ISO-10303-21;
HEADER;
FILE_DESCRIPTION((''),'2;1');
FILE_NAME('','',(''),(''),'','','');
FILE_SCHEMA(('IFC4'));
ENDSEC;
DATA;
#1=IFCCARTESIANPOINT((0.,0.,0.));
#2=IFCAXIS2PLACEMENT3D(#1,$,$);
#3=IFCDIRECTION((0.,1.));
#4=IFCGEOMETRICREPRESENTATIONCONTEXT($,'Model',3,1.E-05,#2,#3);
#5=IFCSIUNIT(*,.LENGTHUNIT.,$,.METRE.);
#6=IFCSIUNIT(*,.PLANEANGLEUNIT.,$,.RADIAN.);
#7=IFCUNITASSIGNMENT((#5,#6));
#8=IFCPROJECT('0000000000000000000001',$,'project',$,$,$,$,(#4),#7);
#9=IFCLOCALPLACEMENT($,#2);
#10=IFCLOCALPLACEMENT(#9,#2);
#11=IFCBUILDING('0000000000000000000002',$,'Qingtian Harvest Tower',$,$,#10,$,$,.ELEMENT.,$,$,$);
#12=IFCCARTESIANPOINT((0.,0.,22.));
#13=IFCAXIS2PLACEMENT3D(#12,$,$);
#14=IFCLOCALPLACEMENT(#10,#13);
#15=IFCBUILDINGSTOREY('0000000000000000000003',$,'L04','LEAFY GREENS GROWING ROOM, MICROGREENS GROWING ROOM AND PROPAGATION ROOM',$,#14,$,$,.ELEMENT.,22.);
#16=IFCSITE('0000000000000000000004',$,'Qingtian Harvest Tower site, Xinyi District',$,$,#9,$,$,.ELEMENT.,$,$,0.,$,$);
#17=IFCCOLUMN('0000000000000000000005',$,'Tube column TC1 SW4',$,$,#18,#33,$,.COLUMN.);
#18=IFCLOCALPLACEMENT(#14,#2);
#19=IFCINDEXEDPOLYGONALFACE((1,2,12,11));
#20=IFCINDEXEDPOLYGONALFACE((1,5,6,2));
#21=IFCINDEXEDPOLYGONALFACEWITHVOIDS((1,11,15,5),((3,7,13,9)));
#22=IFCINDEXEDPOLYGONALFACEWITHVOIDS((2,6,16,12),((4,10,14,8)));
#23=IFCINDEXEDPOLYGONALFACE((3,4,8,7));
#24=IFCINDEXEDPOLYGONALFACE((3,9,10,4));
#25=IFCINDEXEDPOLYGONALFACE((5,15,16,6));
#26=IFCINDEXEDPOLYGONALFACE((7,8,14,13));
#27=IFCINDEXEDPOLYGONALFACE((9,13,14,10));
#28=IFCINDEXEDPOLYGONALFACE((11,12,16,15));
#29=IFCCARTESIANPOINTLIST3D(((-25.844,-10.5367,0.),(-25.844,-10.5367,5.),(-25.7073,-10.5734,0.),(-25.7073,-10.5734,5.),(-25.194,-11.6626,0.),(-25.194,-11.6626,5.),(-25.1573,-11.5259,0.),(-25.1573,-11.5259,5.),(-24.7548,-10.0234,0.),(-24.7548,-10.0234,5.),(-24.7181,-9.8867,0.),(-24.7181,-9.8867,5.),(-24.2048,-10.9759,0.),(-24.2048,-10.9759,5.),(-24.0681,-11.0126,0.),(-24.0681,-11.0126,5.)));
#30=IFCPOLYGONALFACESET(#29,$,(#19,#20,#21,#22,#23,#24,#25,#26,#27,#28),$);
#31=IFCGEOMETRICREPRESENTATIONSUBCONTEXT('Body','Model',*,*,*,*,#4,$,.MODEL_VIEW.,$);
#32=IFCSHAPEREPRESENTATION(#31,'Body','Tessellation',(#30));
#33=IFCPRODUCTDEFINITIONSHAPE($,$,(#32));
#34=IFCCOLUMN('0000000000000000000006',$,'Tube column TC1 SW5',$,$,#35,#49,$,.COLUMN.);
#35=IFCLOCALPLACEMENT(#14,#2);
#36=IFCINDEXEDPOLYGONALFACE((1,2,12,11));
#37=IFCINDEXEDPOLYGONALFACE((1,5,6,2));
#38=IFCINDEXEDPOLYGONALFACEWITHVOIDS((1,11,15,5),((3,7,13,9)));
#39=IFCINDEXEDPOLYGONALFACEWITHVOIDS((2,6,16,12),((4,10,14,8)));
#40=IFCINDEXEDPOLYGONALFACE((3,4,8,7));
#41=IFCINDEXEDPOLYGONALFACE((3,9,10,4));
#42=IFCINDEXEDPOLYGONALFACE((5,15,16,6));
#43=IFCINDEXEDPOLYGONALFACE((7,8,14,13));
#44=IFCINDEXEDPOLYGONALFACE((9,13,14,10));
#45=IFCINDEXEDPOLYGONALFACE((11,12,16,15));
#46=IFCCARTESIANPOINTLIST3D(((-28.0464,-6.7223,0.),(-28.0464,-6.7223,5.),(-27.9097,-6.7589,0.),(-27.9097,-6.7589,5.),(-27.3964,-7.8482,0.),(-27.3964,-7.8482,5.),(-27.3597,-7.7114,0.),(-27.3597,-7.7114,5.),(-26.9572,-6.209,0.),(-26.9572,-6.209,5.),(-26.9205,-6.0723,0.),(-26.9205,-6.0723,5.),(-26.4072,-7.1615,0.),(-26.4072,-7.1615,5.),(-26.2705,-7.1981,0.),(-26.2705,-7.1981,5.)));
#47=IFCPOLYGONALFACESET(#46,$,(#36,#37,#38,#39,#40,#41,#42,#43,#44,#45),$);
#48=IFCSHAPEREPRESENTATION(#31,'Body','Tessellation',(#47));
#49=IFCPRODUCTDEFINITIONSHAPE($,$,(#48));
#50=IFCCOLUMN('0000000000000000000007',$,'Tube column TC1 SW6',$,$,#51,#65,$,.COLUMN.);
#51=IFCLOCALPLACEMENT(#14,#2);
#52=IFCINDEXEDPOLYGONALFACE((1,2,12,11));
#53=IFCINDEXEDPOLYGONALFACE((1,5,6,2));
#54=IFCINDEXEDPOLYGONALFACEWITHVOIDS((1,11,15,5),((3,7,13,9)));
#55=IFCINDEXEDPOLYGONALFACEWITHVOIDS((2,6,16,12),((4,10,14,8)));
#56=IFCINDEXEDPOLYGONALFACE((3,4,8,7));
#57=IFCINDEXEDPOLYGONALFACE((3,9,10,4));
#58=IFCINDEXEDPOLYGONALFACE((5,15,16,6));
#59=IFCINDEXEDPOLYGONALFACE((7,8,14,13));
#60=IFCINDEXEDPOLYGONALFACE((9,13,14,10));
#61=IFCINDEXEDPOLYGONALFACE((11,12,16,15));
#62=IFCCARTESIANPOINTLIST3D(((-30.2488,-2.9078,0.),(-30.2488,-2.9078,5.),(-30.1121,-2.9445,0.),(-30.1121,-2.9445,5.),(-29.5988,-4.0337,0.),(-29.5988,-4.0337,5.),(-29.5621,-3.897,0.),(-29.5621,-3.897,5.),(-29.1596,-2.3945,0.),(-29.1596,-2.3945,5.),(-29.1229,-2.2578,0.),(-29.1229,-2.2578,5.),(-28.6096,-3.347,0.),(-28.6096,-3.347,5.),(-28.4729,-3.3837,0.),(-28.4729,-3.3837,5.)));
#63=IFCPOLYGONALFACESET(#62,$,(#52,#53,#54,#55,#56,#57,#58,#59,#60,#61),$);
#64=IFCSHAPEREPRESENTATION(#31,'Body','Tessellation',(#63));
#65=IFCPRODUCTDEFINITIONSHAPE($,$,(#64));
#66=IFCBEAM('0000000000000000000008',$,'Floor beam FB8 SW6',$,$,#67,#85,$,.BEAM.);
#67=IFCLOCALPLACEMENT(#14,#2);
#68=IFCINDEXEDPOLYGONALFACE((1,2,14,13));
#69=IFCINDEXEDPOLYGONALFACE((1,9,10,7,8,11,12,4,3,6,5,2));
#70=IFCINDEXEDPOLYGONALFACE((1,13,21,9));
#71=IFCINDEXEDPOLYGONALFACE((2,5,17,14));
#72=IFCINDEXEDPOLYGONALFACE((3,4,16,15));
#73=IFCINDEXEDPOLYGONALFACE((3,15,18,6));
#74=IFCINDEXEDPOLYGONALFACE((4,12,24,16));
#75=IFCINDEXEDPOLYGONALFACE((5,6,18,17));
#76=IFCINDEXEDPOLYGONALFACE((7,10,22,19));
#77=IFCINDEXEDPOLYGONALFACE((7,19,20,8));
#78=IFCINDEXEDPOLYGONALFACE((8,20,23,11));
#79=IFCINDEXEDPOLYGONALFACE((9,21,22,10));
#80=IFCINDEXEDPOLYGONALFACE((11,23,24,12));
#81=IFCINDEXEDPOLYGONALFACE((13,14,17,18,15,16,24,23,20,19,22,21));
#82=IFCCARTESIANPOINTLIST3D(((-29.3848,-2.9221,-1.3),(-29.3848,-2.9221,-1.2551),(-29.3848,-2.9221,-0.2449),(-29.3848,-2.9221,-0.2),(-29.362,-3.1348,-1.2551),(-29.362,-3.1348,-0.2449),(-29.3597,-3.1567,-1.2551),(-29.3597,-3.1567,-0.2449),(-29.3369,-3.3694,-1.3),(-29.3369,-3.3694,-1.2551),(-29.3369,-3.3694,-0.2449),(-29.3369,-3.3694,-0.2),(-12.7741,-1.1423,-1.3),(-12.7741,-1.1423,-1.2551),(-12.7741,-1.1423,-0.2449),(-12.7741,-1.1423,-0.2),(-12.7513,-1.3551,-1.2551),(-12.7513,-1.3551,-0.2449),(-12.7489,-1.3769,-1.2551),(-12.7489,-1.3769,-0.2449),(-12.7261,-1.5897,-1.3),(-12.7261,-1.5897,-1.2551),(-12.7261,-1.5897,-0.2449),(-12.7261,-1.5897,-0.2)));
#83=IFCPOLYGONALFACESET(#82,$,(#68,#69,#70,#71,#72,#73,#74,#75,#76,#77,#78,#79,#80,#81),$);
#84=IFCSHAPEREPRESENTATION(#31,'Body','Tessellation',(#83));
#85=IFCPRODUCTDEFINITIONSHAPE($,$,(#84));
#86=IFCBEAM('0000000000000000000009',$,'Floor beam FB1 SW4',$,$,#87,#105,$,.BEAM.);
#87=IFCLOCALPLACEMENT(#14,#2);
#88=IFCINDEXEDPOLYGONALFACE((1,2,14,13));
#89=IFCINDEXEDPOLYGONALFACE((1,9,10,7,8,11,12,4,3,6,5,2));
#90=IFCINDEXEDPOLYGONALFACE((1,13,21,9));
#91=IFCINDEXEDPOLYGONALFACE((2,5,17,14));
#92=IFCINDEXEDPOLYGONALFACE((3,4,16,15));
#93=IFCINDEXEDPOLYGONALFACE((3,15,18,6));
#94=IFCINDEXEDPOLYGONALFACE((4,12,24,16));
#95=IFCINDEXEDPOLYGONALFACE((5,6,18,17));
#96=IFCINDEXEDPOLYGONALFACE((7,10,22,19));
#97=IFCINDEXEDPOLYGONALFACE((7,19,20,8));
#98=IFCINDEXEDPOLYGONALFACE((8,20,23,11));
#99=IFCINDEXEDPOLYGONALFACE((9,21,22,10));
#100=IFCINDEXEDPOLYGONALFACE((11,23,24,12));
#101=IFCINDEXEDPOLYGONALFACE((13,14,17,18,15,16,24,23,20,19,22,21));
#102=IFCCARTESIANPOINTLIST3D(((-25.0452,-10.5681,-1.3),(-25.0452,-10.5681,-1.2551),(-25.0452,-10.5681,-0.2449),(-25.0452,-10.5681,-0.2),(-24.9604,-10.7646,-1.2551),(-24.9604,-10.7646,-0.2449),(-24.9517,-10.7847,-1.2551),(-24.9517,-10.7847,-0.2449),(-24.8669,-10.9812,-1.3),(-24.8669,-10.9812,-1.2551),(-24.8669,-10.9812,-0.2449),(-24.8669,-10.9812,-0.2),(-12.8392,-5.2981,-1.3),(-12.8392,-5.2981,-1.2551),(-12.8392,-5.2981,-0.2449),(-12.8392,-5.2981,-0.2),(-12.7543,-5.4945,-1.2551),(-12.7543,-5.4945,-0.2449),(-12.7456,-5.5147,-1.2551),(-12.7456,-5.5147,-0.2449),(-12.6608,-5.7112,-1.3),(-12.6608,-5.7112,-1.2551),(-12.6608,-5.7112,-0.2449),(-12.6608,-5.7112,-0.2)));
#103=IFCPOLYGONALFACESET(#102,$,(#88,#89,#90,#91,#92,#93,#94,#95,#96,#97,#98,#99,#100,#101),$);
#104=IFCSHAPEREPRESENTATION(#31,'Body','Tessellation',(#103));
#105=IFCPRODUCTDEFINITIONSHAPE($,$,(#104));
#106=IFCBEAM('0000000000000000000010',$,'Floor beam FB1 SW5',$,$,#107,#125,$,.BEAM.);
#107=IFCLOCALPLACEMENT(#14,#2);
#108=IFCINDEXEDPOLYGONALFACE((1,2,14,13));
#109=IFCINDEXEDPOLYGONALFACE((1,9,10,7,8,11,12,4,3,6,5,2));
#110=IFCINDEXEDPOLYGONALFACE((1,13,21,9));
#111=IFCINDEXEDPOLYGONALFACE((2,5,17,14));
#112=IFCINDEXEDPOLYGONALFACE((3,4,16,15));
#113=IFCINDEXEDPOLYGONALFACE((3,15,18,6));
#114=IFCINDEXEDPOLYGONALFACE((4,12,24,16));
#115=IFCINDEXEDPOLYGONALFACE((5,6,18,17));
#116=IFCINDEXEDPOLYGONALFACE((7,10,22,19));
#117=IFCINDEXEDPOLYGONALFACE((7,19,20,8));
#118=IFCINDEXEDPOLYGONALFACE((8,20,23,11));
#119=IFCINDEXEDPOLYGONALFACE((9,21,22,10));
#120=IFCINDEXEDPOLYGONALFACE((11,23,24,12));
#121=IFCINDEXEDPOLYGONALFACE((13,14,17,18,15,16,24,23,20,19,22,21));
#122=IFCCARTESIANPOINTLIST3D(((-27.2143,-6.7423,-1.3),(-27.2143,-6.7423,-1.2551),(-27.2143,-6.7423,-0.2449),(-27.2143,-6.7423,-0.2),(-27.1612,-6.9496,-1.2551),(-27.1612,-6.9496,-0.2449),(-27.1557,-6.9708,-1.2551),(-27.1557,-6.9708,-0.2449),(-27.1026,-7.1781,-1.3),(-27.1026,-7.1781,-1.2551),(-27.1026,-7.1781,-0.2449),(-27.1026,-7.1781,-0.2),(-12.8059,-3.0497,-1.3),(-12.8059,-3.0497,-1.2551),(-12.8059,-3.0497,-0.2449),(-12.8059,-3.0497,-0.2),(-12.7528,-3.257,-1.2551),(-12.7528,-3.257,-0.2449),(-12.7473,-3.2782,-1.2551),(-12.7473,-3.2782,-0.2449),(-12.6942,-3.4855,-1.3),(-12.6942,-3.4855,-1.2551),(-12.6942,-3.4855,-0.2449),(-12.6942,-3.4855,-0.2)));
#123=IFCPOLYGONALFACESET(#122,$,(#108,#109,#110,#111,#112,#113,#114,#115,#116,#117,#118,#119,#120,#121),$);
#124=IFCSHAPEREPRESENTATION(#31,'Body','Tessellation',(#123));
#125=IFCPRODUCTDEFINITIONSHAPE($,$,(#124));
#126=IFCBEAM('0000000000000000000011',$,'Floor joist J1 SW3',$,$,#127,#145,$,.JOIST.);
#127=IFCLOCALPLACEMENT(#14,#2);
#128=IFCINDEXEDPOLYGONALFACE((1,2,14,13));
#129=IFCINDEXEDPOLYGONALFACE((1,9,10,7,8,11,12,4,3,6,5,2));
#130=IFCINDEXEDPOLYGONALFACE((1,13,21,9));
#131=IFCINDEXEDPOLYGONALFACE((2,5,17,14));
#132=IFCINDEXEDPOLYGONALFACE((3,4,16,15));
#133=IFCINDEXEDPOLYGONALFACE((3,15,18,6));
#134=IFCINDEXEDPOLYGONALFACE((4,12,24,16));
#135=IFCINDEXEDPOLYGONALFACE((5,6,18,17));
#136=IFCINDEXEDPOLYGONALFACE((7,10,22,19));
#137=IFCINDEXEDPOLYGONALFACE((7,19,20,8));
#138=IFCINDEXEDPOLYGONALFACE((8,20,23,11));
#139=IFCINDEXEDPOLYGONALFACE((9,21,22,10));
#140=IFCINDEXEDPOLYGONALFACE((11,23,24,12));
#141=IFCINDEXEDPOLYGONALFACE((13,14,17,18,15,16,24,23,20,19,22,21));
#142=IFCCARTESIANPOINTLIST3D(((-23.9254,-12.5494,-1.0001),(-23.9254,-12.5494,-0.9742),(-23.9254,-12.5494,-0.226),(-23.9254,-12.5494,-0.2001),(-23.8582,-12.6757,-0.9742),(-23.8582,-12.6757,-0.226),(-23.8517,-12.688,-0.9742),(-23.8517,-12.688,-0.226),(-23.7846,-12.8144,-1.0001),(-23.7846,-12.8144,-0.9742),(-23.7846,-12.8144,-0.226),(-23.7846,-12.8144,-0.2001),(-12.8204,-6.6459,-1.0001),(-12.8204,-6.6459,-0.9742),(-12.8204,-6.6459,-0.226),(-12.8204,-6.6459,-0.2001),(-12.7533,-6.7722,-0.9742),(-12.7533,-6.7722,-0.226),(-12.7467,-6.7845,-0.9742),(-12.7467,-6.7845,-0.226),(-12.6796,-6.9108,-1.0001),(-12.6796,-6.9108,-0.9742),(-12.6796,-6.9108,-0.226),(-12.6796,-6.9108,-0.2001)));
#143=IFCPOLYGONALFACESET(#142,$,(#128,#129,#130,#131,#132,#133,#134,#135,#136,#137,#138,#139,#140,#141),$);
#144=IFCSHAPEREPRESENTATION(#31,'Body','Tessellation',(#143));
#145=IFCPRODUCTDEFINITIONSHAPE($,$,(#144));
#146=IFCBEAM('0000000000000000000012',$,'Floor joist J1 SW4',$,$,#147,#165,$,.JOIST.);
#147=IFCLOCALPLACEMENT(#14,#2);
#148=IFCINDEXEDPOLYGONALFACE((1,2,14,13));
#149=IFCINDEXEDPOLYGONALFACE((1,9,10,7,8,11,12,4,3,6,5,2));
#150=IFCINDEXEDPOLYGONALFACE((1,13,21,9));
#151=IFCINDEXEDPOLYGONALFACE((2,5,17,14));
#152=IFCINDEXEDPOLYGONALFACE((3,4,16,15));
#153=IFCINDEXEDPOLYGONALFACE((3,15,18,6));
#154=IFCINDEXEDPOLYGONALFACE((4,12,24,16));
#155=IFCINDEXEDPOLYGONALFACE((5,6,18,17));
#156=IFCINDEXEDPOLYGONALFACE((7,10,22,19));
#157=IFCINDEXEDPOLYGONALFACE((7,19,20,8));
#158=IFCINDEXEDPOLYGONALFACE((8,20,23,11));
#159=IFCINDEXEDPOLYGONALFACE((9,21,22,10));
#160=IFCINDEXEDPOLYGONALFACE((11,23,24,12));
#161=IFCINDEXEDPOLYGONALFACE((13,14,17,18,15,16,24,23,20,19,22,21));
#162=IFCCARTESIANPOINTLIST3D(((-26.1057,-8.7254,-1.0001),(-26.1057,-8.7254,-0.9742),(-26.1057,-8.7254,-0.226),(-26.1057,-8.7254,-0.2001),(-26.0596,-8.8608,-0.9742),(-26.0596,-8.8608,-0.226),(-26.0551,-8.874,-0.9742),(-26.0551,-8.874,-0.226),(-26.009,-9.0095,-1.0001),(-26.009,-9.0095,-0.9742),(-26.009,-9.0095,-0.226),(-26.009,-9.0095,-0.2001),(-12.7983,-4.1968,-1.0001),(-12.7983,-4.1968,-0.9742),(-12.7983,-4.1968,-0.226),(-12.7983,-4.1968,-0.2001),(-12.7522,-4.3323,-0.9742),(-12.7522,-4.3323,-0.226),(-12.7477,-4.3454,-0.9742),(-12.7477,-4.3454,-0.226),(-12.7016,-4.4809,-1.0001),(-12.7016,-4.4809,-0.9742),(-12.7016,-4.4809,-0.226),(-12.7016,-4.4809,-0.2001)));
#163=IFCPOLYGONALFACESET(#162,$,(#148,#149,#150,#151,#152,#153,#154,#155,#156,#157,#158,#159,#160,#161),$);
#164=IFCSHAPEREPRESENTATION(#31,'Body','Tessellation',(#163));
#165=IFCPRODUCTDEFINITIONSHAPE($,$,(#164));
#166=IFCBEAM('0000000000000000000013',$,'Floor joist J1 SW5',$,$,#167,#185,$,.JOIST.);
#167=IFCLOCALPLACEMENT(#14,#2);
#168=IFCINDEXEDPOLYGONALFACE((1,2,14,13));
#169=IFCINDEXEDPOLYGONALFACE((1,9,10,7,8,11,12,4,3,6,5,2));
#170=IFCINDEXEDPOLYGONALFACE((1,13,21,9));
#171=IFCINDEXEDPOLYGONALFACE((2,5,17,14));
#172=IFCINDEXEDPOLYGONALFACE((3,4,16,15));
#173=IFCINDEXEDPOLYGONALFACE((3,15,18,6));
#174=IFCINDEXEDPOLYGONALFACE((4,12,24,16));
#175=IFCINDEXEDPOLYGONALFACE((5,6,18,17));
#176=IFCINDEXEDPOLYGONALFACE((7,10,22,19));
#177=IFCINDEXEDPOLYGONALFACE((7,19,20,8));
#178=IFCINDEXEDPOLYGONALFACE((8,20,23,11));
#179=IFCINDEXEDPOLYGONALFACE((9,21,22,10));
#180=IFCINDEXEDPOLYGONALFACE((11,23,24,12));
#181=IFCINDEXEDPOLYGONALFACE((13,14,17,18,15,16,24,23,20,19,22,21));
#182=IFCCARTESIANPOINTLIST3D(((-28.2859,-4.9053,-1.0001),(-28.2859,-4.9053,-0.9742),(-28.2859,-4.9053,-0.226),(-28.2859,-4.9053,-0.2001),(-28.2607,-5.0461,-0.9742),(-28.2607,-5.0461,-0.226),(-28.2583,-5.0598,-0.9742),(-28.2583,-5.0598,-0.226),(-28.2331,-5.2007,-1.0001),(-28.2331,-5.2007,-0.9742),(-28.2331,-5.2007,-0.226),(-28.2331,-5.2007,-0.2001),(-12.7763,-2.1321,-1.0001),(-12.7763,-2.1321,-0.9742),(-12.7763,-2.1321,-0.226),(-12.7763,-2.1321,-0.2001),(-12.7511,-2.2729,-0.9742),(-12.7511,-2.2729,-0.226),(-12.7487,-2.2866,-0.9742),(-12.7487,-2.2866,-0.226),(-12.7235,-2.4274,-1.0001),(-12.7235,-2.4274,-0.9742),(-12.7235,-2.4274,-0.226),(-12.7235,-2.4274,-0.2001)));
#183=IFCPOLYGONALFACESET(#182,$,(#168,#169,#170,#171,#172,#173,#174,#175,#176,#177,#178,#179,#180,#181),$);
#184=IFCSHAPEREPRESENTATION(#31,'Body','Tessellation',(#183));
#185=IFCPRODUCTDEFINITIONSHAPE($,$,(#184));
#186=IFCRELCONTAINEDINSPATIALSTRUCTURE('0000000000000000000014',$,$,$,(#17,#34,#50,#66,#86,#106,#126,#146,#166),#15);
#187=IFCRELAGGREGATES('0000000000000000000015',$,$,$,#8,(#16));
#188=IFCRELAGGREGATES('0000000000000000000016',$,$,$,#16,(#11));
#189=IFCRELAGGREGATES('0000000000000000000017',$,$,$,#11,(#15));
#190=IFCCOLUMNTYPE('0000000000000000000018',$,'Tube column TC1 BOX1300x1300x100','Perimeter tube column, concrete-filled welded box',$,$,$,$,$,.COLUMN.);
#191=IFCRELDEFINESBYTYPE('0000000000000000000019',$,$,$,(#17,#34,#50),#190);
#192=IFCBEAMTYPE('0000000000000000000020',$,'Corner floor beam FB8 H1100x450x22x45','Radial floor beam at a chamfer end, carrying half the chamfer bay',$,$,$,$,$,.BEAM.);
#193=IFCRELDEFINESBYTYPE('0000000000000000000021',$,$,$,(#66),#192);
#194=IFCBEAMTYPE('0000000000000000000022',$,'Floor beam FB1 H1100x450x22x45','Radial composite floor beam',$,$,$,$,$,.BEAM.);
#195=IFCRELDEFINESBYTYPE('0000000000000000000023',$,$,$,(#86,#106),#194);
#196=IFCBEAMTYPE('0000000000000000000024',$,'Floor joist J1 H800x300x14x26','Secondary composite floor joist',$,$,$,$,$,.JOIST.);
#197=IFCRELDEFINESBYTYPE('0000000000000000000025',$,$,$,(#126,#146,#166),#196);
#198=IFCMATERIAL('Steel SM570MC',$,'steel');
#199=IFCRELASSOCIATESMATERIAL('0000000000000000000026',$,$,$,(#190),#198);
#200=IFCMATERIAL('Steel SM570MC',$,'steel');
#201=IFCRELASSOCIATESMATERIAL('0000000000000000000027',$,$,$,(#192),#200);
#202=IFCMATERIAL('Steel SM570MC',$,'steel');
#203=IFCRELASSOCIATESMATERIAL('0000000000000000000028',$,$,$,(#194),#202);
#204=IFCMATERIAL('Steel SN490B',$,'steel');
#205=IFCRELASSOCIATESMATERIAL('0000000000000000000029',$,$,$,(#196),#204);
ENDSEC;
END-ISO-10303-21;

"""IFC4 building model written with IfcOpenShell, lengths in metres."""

from ifc_helpers import new_model, si_unit, direction, frame, origin, origin_2d, place, context, subcontext, project, spatial, hollow_rectangle, i_section, extrude, material, material_profile, profile_set, type_object, element, save


model = new_model("IFC4")

# Units and contexts
model_context = context("Model", 3, precision=1e-05, world=origin(), true_north=direction((0.0, 1.0)))
body_context = subcontext(model_context, "Body", "Model", "MODEL_VIEW")
ifc_project = project(units=[si_unit("LENGTHUNIT", "METRE"), si_unit("PLANEANGLEUNIT", "RADIAN")], contexts=[model_context])

# Site, building, storey
site_placement = place(None, origin())
site = spatial("IfcSite", under=ifc_project, at=site_placement, Name="Qingtian Harvest Tower site, Xinyi District", CompositionType="ELEMENT", RefElevation=0.0)
building_placement = place(site_placement, origin())
building = spatial("IfcBuilding", under=site, at=building_placement, Name="Qingtian Harvest Tower", CompositionType="ELEMENT")
storey_placement = place(building_placement, frame((0.0, 0.0, 22.0)))
storey = spatial("IfcBuildingStorey", under=building, at=storey_placement, Name="L04", Description="LEAFY GREENS GROWING ROOM, MICROGREENS GROWING ROOM AND PROPAGATION ROOM", CompositionType="ELEMENT", Elevation=22.0)

# Columns
ifc_material_1 = material(Name="Steel SM570MC", Category="steel")
ifc_material_profile_1 = material_profile(ifc_material_1, hollow_rectangle(XDim=1.3, YDim=1.3, WallThickness=0.1001, at=origin_2d()), Name="BOX1300x1300x100")
ifc_profile_set_1 = profile_set([ifc_material_profile_1], Name="Steel SM570MC")
column_type = type_object("IfcColumnType", Name="Tube column TC1 BOX1300x1300x100", Description="Perimeter tube column, concrete-filled welded box", PredefinedType="COLUMN", material=ifc_profile_set_1)
for number, where, z_axis, x_axis, name in (
    (1, (-24.9561, -10.7747, 0.0), (0.0, 0.0, 1.0), (0.5, -0.866025, 0.0), "Tube column TC1 SW4"),
    (2, (-27.1584, -6.9602, 0.0), (0.0, 0.0, 1.0), (0.5, -0.866025, 0.0), "Tube column TC1 SW5"),
    (3, (-29.3608, -3.1458, 0.0), (0.0, 0.0, 1.0), (0.5, -0.866025, 0.0), "Tube column TC1 SW6"),
):
    element("IfcColumn", number, at=place(storey_placement, frame(where, z_axis=z_axis, x_axis=x_axis)), inside=storey, type_object=column_type, Name=name, PredefinedType="COLUMN", context=body_context, shape_type="SweptSolid", body=[
        extrude(hollow_rectangle(XDim=1.3, YDim=1.3, WallThickness=0.1001, at=origin_2d()), origin(), (0.0, 0.0, 1.0), 5.0),
    ])

# Beams
ifc_material_2 = material(Name="Steel SM570MC", Category="steel")
ifc_material_profile_2 = material_profile(ifc_material_2, i_section(OverallWidth=0.45, OverallDepth=1.1001, WebThickness=0.022, FlangeThickness=0.0449, at=origin_2d()), Name="H1100x450x22x45")
ifc_profile_set_2 = profile_set([ifc_material_profile_2], Name="Steel SM570MC")
beam_type_1 = type_object("IfcBeamType", Name="Corner floor beam FB8 H1100x450x22x45", Description="Radial floor beam at a chamfer end, carrying half the chamfer bay", PredefinedType="BEAM", material=ifc_profile_set_2)
beam_1_placement = place(storey_placement, frame((-29.3608, -3.1458, -0.75), z_axis=(0.994309, 0.106536, 0.0), x_axis=(-0.106536, 0.994309, 0.0)))
element("IfcBeam", 4, at=beam_1_placement, inside=storey, type_object=beam_type_1, Name="Floor beam FB8 SW6", PredefinedType="BEAM", context=body_context, shape_type="SweptSolid", body=[
    extrude(i_section(OverallWidth=0.45, OverallDepth=1.1001, WebThickness=0.022, FlangeThickness=0.0449, at=origin_2d()), origin(), (0.0, 0.0, 1.0), 16.7058),
])
ifc_material_3 = material(Name="Steel SM570MC", Category="steel")
ifc_material_profile_3 = material_profile(ifc_material_3, i_section(OverallWidth=0.45, OverallDepth=1.1001, WebThickness=0.022, FlangeThickness=0.0449, at=origin_2d()), Name="H1100x450x22x45")
ifc_profile_set_3 = profile_set([ifc_material_profile_3], Name="Steel SM570MC")
beam_type_2 = type_object("IfcBeamType", Name="Floor beam FB1 H1100x450x22x45", Description="Radial composite floor beam", PredefinedType="BEAM", material=ifc_profile_set_3)
beam_2_placement = place(storey_placement, frame((-24.9561, -10.7747, -0.75), z_axis=(0.918084, 0.396387, 0.0), x_axis=(-0.396387, 0.918084, 0.0)))
element("IfcBeam", 5, at=beam_2_placement, inside=storey, type_object=beam_type_2, Name="Floor beam FB1 SW4", PredefinedType="BEAM", context=body_context, shape_type="SweptSolid", body=[
    extrude(i_section(OverallWidth=0.45, OverallDepth=1.1001, WebThickness=0.022, FlangeThickness=0.0449, at=origin_2d()), origin(), (0.0, 0.0, 1.0), 13.2952),
])
beam_3_placement = place(storey_placement, frame((-27.1584, -6.9602, -0.75), z_axis=(0.968694, 0.248259, 0.0), x_axis=(-0.248259, 0.968694, 0.0)))
element("IfcBeam", 6, at=beam_3_placement, inside=storey, type_object=beam_type_2, Name="Floor beam FB1 SW5", PredefinedType="BEAM", context=body_context, shape_type="SweptSolid", body=[
    extrude(i_section(OverallWidth=0.45, OverallDepth=1.1001, WebThickness=0.022, FlangeThickness=0.0449, at=origin_2d()), origin(), (0.0, 0.0, 1.0), 14.874),
])
ifc_material_4 = material(Name="Steel SN490B", Category="steel")
ifc_material_profile_4 = material_profile(ifc_material_4, i_section(OverallWidth=0.3, OverallDepth=0.8, WebThickness=0.0139, FlangeThickness=0.0259, at=origin_2d()), Name="H800x300x14x26")
ifc_profile_set_4 = profile_set([ifc_material_profile_4], Name="Steel SN490B")
beam_type_3 = type_object("IfcBeamType", Name="Floor joist J1 H800x300x14x26", Description="Secondary composite floor joist", PredefinedType="JOIST", material=ifc_profile_set_4)
beam_4_placement = place(storey_placement, frame((-23.855, -12.6819, -0.6001), z_axis=(0.882982, 0.469406, 0.0), x_axis=(-0.469406, 0.882982, 0.0)))
element("IfcBeam", 7, at=beam_4_placement, inside=storey, type_object=beam_type_3, Name="Floor joist J1 SW3", PredefinedType="JOIST", context=body_context, shape_type="SweptSolid", body=[
    extrude(i_section(OverallWidth=0.3, OverallDepth=0.8, WebThickness=0.0139, FlangeThickness=0.0259, at=origin_2d()), origin(), (0.0, 0.0, 1.0), 12.5767),
])
beam_5_placement = place(storey_placement, frame((-26.0574, -8.8674, -0.6001), z_axis=(0.946685, 0.322161, 0.0), x_axis=(-0.322161, 0.946685, 0.0)))
element("IfcBeam", 8, at=beam_5_placement, inside=storey, type_object=beam_type_3, Name="Floor joist J1 SW4", PredefinedType="JOIST", context=body_context, shape_type="SweptSolid", body=[
    extrude(i_section(OverallWidth=0.3, OverallDepth=0.8, WebThickness=0.0139, FlangeThickness=0.0259, at=origin_2d()), origin(), (0.0, 0.0, 1.0), 14.0569),
])
beam_6_placement = place(storey_placement, frame((-28.2595, -5.053, -0.6001), z_axis=(0.984388, 0.176014, 0.0), x_axis=(-0.176014, 0.984388, 0.0)))
element("IfcBeam", 9, at=beam_6_placement, inside=storey, type_object=beam_type_3, Name="Floor joist J1 SW5", PredefinedType="JOIST", context=body_context, shape_type="SweptSolid", body=[
    extrude(i_section(OverallWidth=0.3, OverallDepth=0.8, WebThickness=0.0139, FlangeThickness=0.0259, at=origin_2d()), origin(), (0.0, 0.0, 1.0), 15.7556),
])

save(model, "model.ifc")
